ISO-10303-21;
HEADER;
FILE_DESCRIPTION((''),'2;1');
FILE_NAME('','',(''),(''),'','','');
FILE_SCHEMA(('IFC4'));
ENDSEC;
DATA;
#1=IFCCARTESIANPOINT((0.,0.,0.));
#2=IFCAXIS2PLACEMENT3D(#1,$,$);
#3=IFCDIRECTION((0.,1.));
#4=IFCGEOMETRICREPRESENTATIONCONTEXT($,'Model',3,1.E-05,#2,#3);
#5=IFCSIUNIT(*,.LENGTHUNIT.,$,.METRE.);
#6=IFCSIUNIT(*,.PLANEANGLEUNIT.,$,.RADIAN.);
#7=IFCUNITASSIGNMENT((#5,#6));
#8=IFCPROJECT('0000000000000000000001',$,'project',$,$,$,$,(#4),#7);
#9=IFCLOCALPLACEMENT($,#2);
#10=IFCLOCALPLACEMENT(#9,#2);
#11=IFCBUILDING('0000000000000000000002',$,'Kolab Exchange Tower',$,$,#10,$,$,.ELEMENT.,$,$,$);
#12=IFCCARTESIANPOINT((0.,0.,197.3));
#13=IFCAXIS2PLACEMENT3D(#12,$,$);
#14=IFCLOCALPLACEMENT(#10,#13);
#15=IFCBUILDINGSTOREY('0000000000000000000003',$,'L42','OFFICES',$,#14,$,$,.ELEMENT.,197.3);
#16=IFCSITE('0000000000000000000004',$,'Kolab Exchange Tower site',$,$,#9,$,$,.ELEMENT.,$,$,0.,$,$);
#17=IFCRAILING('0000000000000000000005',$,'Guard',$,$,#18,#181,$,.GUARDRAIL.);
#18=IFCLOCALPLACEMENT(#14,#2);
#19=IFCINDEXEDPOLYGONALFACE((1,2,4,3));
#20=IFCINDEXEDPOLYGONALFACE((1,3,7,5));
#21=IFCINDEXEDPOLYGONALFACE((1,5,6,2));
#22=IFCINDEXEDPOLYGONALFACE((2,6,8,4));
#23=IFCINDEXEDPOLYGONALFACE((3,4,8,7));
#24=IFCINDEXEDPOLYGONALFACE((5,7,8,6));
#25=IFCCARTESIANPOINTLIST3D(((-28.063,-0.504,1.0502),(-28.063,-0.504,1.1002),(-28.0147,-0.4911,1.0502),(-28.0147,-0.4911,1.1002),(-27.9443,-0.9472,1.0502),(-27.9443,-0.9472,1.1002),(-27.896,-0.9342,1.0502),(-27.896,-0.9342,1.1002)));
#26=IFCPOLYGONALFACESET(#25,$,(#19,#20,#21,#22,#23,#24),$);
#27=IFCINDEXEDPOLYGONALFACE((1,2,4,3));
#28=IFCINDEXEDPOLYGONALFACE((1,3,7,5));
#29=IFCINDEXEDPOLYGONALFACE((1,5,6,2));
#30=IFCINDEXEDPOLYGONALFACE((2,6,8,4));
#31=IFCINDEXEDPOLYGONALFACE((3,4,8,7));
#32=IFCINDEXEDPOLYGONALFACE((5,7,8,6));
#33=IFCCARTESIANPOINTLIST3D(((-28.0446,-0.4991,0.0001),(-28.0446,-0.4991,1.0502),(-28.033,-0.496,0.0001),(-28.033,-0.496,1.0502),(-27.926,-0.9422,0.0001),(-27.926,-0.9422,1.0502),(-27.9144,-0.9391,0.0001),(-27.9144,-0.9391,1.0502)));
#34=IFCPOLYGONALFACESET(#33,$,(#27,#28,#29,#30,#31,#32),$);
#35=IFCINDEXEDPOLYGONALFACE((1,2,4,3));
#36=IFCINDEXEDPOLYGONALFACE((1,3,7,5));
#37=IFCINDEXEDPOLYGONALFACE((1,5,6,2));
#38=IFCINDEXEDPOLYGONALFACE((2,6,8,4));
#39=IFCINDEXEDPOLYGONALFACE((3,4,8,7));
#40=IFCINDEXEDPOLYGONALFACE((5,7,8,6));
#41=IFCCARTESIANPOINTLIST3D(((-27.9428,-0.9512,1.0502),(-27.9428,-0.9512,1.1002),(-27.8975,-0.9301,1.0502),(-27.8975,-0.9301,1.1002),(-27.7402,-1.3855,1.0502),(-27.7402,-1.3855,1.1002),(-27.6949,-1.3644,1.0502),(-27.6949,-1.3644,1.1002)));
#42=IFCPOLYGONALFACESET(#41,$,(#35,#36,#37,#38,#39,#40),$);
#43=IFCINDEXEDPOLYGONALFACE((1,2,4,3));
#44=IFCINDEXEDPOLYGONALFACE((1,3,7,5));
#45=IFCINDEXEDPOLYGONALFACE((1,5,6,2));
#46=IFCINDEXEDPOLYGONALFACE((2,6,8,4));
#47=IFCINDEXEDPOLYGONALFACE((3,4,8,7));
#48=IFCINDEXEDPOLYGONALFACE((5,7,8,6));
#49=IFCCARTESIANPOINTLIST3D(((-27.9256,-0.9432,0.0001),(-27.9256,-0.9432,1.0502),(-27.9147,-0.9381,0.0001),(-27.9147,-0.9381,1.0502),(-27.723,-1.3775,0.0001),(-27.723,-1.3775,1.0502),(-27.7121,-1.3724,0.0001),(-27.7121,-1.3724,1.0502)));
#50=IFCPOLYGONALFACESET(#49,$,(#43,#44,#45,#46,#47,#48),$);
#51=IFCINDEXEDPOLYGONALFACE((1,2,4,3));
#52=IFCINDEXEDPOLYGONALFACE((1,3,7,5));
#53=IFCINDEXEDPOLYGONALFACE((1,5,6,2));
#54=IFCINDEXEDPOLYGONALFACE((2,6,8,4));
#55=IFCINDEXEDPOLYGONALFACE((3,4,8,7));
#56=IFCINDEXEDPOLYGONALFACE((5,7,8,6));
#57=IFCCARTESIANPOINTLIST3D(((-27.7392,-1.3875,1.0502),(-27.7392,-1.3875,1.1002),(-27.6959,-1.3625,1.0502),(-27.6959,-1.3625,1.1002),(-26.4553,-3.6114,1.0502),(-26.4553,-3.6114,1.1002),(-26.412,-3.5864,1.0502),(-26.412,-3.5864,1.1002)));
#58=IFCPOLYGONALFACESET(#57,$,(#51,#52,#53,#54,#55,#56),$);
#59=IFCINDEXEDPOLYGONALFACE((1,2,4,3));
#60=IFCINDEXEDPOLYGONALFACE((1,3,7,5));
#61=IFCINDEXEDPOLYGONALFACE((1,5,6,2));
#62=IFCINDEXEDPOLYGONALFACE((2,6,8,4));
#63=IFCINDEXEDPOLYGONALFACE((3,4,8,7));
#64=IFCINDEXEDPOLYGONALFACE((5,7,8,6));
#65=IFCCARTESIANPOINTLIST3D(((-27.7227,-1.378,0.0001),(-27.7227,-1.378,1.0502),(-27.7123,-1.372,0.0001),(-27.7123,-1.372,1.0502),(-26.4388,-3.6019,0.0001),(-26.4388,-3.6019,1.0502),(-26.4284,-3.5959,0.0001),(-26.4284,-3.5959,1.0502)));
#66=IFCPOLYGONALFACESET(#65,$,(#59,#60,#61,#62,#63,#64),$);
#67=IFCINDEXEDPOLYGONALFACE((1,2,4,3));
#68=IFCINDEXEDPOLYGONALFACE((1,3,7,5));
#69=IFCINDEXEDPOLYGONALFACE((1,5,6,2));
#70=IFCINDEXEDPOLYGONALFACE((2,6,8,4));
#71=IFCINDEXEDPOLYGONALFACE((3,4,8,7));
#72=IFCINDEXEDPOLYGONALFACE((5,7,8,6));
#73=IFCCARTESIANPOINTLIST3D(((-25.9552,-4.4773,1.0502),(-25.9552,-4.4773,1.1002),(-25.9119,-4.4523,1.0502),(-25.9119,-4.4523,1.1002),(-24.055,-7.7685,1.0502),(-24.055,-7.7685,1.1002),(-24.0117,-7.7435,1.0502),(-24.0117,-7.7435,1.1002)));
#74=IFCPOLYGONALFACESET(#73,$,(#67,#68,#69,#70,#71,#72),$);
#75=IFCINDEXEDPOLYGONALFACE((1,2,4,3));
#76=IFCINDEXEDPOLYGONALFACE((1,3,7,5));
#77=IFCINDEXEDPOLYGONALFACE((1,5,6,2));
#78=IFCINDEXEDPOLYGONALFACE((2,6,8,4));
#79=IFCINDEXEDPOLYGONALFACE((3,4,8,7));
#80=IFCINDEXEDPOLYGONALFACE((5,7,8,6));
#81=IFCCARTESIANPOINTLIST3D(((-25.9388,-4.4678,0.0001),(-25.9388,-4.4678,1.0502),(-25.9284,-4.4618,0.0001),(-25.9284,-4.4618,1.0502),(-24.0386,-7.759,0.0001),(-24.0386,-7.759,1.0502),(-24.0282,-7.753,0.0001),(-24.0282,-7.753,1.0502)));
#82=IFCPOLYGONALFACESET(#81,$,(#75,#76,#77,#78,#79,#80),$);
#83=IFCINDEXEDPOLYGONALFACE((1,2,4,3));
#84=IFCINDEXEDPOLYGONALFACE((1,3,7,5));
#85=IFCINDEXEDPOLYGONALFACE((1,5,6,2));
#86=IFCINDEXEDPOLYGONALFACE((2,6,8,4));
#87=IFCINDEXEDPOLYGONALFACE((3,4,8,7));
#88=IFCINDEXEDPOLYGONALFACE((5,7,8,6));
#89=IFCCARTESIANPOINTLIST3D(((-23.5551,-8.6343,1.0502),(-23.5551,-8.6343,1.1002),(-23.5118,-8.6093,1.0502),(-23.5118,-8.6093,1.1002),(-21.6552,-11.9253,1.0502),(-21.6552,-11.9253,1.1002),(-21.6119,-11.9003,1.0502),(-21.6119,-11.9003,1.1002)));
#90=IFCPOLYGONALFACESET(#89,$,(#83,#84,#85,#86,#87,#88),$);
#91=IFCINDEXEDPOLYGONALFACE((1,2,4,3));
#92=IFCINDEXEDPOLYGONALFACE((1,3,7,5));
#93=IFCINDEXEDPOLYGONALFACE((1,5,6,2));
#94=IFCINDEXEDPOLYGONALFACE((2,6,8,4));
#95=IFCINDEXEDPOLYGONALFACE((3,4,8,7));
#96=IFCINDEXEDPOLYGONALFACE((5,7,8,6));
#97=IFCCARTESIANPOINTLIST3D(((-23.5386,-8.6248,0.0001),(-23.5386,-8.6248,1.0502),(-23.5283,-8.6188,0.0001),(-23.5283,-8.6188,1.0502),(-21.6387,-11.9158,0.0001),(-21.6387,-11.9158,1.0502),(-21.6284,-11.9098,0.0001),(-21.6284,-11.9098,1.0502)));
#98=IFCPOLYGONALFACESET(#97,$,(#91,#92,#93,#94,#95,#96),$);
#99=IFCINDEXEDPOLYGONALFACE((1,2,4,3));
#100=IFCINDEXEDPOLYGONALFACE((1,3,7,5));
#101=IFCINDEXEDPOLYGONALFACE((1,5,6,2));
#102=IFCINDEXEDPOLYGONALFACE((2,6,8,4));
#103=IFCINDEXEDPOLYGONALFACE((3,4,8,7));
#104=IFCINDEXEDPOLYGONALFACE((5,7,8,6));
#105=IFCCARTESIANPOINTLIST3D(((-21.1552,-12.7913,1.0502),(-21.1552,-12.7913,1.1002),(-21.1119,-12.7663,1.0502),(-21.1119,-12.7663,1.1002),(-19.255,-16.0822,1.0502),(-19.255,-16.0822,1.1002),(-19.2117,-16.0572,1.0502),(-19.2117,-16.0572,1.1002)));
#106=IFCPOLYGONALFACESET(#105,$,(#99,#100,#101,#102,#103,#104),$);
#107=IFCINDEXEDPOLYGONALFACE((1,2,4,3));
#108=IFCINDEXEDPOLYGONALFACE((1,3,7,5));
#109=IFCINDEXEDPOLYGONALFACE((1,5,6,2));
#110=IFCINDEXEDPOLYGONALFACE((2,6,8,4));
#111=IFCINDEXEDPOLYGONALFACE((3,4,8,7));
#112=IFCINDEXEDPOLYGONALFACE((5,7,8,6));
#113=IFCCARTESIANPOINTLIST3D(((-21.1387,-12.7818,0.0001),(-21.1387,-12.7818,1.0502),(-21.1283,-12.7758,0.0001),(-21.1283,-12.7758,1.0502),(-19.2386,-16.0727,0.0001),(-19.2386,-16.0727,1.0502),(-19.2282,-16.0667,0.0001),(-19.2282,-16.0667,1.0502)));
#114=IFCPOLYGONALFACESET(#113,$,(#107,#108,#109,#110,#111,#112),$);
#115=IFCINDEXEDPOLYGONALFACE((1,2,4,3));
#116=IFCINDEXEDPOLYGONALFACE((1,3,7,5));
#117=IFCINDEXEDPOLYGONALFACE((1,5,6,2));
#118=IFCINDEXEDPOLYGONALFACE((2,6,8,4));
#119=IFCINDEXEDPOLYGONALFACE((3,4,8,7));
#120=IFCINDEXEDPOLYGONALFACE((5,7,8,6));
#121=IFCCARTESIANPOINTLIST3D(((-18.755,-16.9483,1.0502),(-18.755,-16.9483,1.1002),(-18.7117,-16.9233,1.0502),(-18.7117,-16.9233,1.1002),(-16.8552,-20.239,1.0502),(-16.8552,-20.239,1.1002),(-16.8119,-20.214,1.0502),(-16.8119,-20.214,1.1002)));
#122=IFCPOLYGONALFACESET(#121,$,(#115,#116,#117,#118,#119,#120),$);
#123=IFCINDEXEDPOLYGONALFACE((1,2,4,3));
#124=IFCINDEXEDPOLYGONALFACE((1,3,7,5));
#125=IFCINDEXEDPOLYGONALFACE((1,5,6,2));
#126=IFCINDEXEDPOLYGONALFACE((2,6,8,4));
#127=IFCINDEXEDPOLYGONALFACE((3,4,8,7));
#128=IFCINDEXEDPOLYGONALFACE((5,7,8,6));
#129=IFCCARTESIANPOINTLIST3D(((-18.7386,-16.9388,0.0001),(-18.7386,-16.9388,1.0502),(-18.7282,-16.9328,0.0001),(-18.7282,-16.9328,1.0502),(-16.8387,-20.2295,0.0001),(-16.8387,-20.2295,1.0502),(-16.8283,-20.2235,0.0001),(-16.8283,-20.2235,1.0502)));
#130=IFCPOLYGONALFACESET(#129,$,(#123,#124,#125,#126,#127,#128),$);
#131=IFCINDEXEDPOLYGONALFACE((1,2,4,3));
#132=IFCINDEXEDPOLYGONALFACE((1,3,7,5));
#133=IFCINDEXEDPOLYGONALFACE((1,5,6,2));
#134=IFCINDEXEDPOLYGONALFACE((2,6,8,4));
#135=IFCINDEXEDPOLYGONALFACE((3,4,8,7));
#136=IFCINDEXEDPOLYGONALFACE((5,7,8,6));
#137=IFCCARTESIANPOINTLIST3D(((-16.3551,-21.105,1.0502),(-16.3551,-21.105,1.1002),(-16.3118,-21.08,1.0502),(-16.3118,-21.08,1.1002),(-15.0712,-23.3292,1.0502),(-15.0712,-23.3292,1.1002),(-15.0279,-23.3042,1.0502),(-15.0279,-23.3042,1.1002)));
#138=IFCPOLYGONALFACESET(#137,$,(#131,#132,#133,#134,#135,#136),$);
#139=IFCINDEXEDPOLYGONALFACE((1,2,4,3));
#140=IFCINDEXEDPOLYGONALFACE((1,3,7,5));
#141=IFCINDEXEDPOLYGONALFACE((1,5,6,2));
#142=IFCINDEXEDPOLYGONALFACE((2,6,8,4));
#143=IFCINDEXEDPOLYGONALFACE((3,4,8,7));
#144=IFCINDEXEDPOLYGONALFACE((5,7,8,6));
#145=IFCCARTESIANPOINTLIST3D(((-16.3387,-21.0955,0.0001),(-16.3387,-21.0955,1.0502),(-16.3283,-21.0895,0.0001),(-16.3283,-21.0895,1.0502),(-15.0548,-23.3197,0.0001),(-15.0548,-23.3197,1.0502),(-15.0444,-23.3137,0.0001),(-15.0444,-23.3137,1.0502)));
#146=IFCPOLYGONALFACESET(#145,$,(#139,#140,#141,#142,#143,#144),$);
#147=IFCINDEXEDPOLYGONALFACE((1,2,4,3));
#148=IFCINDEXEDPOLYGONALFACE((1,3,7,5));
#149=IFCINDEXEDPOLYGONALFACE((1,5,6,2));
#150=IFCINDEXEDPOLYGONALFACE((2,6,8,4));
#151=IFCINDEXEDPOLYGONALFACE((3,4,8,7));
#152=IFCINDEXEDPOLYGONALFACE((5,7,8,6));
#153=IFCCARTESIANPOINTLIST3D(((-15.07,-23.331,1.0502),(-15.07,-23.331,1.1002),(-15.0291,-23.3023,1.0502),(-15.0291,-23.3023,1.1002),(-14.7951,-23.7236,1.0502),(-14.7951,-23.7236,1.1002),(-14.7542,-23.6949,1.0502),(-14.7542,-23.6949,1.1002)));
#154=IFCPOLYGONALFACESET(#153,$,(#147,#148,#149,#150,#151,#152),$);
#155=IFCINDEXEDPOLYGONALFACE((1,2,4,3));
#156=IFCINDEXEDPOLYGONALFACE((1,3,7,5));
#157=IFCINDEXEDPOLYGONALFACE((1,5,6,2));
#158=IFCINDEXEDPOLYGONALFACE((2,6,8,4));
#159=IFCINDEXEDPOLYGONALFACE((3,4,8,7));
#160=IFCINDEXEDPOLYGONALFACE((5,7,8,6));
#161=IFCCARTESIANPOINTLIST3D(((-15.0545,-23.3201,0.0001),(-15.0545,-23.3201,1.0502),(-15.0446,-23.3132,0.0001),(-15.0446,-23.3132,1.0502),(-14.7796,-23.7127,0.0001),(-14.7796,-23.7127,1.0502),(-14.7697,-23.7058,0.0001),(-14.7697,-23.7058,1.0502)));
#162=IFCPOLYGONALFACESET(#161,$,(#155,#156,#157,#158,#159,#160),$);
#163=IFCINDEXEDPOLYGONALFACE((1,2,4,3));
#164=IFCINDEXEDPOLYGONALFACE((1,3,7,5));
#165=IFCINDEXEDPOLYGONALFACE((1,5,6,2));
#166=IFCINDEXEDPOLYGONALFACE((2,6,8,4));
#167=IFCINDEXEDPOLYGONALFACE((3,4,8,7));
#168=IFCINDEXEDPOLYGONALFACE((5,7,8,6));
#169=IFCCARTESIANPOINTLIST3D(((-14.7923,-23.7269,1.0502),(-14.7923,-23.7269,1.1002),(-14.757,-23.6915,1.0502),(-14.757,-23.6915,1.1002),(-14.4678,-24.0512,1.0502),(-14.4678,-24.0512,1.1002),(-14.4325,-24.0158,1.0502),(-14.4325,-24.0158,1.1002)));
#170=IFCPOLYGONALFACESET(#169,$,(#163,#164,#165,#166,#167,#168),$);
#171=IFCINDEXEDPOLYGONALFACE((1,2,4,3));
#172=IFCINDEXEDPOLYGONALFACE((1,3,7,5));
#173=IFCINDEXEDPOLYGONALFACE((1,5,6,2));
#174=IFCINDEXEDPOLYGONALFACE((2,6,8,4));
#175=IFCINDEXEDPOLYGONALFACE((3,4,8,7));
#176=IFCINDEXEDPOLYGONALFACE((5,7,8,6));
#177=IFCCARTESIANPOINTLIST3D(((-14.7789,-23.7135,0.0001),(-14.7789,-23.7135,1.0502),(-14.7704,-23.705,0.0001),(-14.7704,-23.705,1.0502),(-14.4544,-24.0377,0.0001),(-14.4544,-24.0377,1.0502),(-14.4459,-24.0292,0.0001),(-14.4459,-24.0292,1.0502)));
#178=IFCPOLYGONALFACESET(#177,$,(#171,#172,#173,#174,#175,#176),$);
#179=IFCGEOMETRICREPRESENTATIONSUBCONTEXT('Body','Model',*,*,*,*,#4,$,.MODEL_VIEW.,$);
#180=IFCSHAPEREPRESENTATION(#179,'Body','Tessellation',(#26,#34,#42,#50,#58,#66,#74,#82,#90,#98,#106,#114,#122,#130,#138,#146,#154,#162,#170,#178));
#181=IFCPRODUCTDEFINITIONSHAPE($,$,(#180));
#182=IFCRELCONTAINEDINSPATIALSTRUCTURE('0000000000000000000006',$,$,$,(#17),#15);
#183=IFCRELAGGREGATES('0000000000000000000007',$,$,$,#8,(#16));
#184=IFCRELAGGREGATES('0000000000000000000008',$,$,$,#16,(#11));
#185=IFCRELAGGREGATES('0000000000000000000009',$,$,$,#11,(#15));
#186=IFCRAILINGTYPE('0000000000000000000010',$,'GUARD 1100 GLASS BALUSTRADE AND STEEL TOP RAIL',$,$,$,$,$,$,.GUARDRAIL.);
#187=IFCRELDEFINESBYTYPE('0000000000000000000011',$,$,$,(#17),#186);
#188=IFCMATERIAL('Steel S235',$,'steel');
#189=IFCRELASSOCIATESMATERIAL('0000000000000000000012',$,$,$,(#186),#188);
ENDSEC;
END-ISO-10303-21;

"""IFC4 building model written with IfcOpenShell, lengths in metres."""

from ifc_helpers import new_model, si_unit, direction, frame, frame_2d, origin, origin_2d, place, context, subcontext, project, spatial, rectangle, extrude, material, type_object, element, save


model = new_model("IFC4")

# Units and contexts
model_context = context("Model", 3, precision=1e-05, world=origin(), true_north=direction((0.0, 1.0)))
body_context = subcontext(model_context, "Body", "Model", "MODEL_VIEW")
ifc_project = project(units=[si_unit("LENGTHUNIT", "METRE"), si_unit("PLANEANGLEUNIT", "RADIAN")], contexts=[model_context])

# Site, building, storey
site_placement = place(None, origin())
site = spatial("IfcSite", under=ifc_project, at=site_placement, Name="Kolab Exchange Tower site", CompositionType="ELEMENT", RefElevation=0.0)
building_placement = place(site_placement, origin())
building = spatial("IfcBuilding", under=site, at=building_placement, Name="Kolab Exchange Tower", CompositionType="ELEMENT")
storey_placement = place(building_placement, frame((0.0, 0.0, 197.3)))
storey = spatial("IfcBuildingStorey", under=building, at=storey_placement, Name="L42", Description="OFFICES", CompositionType="ELEMENT", Elevation=197.3)

# Shared definitions
ifc_material_1 = material(Name="Steel S235", Category="steel")

# Railing
railing_type = type_object("IfcRailingType", Name="GUARD 1100 GLASS BALUSTRADE AND STEEL TOP RAIL", PredefinedType="GUARDRAIL", material=ifc_material_1)
railing_placement = place(storey_placement, frame((-28.0388, -0.4976, 0.0)))
element("IfcRailing", 1, at=railing_placement, inside=storey, type_object=railing_type, Name="Guard", PredefinedType="GUARDRAIL", context=body_context, shape_type="SweptSolid", body=[
    extrude(rectangle(XDim=0.05, YDim=0.05, at=origin_2d()), frame((0.0, 0.0, 1.0752), z_axis=(0.258656, -0.965969, 0.0), x_axis=(0.965969, 0.258656, 0.0)), (0.0, 0.0, 1.0), 0.4587),
    extrude(rectangle(XDim=0.012, YDim=1.0501, at=frame_2d((0.0, 0.5251))), frame((0.0, 0.0, 0.0), z_axis=(0.258656, -0.965969, 0.0), x_axis=(0.965969, 0.258656, 0.0)), (0.0, 0.0, 1.0), 0.4587),
    extrude(rectangle(XDim=0.05, YDim=0.05, at=origin_2d()), frame((0.1187, -0.4431, 1.0752), z_axis=(0.422802, -0.906222, 0.0), x_axis=(0.906222, 0.422802, 0.0)), (0.0, 0.0, 1.0), 0.4792),
    extrude(rectangle(XDim=0.012, YDim=1.0501, at=frame_2d((0.0, 0.5251))), frame((0.1187, -0.4431, 0.0), z_axis=(0.422802, -0.906222, 0.0), x_axis=(0.906222, 0.422802, 0.0)), (0.0, 0.0, 1.0), 0.4792),
    extrude(rectangle(XDim=0.05, YDim=0.05, at=origin_2d()), frame((0.3213, -0.8774, 1.0752), z_axis=(0.499994, -0.866029, 0.0), x_axis=(0.866029, 0.499994, 0.0)), (0.0, 0.0, 1.0), 2.5679),
    extrude(rectangle(XDim=0.012, YDim=1.0501, at=frame_2d((0.0, 0.5251))), frame((0.3213, -0.8774, 0.0), z_axis=(0.499994, -0.866029, 0.0), x_axis=(0.866029, 0.499994, 0.0)), (0.0, 0.0, 1.0), 2.5679),
    extrude(rectangle(XDim=0.05, YDim=0.05, at=origin_2d()), frame((2.1052, -3.9673, 1.0752), z_axis=(0.500015, -0.866017, 0.0), x_axis=(0.866017, 0.500015, 0.0)), (0.0, 0.0, 1.0), 3.8003),
    extrude(rectangle(XDim=0.012, YDim=1.0501, at=frame_2d((0.0, 0.5251))), frame((2.1052, -3.9673, 0.0), z_axis=(0.500015, -0.866017, 0.0), x_axis=(0.866017, 0.500015, 0.0)), (0.0, 0.0, 1.0), 3.8003),
    extrude(rectangle(XDim=0.05, YDim=0.05, at=origin_2d()), frame((4.5054, -8.1243, 1.0752), z_axis=(0.499967, -0.866044, 0.0), x_axis=(0.866044, 0.499967, 0.0)), (0.0, 0.0, 1.0), 3.8),
    extrude(rectangle(XDim=0.012, YDim=1.0501, at=frame_2d((0.0, 0.5251))), frame((4.5054, -8.1243, 0.0), z_axis=(0.499967, -0.866044, 0.0), x_axis=(0.866044, 0.499967, 0.0)), (0.0, 0.0, 1.0), 3.8),
    extrude(rectangle(XDim=0.05, YDim=0.05, at=origin_2d()), frame((6.9053, -12.2812, 1.0752), z_axis=(0.500043, -0.866, 0.0), x_axis=(0.866, 0.500043, 0.0)), (0.0, 0.0, 1.0), 3.8),
    extrude(rectangle(XDim=0.012, YDim=1.0501, at=frame_2d((0.0, 0.5251))), frame((6.9053, -12.2812, 0.0), z_axis=(0.500043, -0.866, 0.0), x_axis=(0.866, 0.500043, 0.0)), (0.0, 0.0, 1.0), 3.8),
    extrude(rectangle(XDim=0.05, YDim=0.05, at=origin_2d()), frame((9.3054, -16.4382, 1.0752), z_axis=(0.499995, -0.866028, 0.0), x_axis=(0.866028, 0.499995, 0.0)), (0.0, 0.0, 1.0), 3.7998),
    extrude(rectangle(XDim=0.012, YDim=1.0501, at=frame_2d((0.0, 0.5251))), frame((9.3054, -16.4382, 0.0), z_axis=(0.499995, -0.866028, 0.0), x_axis=(0.866028, 0.499995, 0.0)), (0.0, 0.0, 1.0), 3.7998),
    extrude(rectangle(XDim=0.05, YDim=0.05, at=origin_2d()), frame((11.7053, -20.595, 1.0752), z_axis=(0.499953, -0.866053, 0.0), x_axis=(0.866053, 0.499953, 0.0)), (0.0, 0.0, 1.0), 2.5681),
    extrude(rectangle(XDim=0.012, YDim=1.0501, at=frame_2d((0.0, 0.5251))), frame((11.7053, -20.595, 0.0), z_axis=(0.499953, -0.866053, 0.0), x_axis=(0.866053, 0.499953, 0.0)), (0.0, 0.0, 1.0), 2.5681),
    extrude(rectangle(XDim=0.05, YDim=0.05, at=origin_2d()), frame((12.9893, -22.8191, 1.0752), z_axis=(0.573599, -0.819136, 0.0), x_axis=(0.819136, 0.573599, 0.0)), (0.0, 0.0, 1.0), 0.4792),
    extrude(rectangle(XDim=0.012, YDim=1.0501, at=frame_2d((0.0, 0.5251))), frame((12.9893, -22.8191, 0.0), z_axis=(0.573599, -0.819136, 0.0), x_axis=(0.819136, 0.573599, 0.0)), (0.0, 0.0, 1.0), 0.4792),
    extrude(rectangle(XDim=0.05, YDim=0.05, at=origin_2d()), frame((13.2642, -23.2117, 1.0752), z_axis=(0.707373, -0.706841, 0.0), x_axis=(0.706841, 0.707373, 0.0)), (0.0, 0.0, 1.0), 0.4587),
    extrude(rectangle(XDim=0.012, YDim=1.0501, at=frame_2d((0.0, 0.5251))), frame((13.2642, -23.2117, 0.0), z_axis=(0.707373, -0.706841, 0.0), x_axis=(0.706841, 0.707373, 0.0)), (0.0, 0.0, 1.0), 0.4587),
])

save(model, "model.ifc")
